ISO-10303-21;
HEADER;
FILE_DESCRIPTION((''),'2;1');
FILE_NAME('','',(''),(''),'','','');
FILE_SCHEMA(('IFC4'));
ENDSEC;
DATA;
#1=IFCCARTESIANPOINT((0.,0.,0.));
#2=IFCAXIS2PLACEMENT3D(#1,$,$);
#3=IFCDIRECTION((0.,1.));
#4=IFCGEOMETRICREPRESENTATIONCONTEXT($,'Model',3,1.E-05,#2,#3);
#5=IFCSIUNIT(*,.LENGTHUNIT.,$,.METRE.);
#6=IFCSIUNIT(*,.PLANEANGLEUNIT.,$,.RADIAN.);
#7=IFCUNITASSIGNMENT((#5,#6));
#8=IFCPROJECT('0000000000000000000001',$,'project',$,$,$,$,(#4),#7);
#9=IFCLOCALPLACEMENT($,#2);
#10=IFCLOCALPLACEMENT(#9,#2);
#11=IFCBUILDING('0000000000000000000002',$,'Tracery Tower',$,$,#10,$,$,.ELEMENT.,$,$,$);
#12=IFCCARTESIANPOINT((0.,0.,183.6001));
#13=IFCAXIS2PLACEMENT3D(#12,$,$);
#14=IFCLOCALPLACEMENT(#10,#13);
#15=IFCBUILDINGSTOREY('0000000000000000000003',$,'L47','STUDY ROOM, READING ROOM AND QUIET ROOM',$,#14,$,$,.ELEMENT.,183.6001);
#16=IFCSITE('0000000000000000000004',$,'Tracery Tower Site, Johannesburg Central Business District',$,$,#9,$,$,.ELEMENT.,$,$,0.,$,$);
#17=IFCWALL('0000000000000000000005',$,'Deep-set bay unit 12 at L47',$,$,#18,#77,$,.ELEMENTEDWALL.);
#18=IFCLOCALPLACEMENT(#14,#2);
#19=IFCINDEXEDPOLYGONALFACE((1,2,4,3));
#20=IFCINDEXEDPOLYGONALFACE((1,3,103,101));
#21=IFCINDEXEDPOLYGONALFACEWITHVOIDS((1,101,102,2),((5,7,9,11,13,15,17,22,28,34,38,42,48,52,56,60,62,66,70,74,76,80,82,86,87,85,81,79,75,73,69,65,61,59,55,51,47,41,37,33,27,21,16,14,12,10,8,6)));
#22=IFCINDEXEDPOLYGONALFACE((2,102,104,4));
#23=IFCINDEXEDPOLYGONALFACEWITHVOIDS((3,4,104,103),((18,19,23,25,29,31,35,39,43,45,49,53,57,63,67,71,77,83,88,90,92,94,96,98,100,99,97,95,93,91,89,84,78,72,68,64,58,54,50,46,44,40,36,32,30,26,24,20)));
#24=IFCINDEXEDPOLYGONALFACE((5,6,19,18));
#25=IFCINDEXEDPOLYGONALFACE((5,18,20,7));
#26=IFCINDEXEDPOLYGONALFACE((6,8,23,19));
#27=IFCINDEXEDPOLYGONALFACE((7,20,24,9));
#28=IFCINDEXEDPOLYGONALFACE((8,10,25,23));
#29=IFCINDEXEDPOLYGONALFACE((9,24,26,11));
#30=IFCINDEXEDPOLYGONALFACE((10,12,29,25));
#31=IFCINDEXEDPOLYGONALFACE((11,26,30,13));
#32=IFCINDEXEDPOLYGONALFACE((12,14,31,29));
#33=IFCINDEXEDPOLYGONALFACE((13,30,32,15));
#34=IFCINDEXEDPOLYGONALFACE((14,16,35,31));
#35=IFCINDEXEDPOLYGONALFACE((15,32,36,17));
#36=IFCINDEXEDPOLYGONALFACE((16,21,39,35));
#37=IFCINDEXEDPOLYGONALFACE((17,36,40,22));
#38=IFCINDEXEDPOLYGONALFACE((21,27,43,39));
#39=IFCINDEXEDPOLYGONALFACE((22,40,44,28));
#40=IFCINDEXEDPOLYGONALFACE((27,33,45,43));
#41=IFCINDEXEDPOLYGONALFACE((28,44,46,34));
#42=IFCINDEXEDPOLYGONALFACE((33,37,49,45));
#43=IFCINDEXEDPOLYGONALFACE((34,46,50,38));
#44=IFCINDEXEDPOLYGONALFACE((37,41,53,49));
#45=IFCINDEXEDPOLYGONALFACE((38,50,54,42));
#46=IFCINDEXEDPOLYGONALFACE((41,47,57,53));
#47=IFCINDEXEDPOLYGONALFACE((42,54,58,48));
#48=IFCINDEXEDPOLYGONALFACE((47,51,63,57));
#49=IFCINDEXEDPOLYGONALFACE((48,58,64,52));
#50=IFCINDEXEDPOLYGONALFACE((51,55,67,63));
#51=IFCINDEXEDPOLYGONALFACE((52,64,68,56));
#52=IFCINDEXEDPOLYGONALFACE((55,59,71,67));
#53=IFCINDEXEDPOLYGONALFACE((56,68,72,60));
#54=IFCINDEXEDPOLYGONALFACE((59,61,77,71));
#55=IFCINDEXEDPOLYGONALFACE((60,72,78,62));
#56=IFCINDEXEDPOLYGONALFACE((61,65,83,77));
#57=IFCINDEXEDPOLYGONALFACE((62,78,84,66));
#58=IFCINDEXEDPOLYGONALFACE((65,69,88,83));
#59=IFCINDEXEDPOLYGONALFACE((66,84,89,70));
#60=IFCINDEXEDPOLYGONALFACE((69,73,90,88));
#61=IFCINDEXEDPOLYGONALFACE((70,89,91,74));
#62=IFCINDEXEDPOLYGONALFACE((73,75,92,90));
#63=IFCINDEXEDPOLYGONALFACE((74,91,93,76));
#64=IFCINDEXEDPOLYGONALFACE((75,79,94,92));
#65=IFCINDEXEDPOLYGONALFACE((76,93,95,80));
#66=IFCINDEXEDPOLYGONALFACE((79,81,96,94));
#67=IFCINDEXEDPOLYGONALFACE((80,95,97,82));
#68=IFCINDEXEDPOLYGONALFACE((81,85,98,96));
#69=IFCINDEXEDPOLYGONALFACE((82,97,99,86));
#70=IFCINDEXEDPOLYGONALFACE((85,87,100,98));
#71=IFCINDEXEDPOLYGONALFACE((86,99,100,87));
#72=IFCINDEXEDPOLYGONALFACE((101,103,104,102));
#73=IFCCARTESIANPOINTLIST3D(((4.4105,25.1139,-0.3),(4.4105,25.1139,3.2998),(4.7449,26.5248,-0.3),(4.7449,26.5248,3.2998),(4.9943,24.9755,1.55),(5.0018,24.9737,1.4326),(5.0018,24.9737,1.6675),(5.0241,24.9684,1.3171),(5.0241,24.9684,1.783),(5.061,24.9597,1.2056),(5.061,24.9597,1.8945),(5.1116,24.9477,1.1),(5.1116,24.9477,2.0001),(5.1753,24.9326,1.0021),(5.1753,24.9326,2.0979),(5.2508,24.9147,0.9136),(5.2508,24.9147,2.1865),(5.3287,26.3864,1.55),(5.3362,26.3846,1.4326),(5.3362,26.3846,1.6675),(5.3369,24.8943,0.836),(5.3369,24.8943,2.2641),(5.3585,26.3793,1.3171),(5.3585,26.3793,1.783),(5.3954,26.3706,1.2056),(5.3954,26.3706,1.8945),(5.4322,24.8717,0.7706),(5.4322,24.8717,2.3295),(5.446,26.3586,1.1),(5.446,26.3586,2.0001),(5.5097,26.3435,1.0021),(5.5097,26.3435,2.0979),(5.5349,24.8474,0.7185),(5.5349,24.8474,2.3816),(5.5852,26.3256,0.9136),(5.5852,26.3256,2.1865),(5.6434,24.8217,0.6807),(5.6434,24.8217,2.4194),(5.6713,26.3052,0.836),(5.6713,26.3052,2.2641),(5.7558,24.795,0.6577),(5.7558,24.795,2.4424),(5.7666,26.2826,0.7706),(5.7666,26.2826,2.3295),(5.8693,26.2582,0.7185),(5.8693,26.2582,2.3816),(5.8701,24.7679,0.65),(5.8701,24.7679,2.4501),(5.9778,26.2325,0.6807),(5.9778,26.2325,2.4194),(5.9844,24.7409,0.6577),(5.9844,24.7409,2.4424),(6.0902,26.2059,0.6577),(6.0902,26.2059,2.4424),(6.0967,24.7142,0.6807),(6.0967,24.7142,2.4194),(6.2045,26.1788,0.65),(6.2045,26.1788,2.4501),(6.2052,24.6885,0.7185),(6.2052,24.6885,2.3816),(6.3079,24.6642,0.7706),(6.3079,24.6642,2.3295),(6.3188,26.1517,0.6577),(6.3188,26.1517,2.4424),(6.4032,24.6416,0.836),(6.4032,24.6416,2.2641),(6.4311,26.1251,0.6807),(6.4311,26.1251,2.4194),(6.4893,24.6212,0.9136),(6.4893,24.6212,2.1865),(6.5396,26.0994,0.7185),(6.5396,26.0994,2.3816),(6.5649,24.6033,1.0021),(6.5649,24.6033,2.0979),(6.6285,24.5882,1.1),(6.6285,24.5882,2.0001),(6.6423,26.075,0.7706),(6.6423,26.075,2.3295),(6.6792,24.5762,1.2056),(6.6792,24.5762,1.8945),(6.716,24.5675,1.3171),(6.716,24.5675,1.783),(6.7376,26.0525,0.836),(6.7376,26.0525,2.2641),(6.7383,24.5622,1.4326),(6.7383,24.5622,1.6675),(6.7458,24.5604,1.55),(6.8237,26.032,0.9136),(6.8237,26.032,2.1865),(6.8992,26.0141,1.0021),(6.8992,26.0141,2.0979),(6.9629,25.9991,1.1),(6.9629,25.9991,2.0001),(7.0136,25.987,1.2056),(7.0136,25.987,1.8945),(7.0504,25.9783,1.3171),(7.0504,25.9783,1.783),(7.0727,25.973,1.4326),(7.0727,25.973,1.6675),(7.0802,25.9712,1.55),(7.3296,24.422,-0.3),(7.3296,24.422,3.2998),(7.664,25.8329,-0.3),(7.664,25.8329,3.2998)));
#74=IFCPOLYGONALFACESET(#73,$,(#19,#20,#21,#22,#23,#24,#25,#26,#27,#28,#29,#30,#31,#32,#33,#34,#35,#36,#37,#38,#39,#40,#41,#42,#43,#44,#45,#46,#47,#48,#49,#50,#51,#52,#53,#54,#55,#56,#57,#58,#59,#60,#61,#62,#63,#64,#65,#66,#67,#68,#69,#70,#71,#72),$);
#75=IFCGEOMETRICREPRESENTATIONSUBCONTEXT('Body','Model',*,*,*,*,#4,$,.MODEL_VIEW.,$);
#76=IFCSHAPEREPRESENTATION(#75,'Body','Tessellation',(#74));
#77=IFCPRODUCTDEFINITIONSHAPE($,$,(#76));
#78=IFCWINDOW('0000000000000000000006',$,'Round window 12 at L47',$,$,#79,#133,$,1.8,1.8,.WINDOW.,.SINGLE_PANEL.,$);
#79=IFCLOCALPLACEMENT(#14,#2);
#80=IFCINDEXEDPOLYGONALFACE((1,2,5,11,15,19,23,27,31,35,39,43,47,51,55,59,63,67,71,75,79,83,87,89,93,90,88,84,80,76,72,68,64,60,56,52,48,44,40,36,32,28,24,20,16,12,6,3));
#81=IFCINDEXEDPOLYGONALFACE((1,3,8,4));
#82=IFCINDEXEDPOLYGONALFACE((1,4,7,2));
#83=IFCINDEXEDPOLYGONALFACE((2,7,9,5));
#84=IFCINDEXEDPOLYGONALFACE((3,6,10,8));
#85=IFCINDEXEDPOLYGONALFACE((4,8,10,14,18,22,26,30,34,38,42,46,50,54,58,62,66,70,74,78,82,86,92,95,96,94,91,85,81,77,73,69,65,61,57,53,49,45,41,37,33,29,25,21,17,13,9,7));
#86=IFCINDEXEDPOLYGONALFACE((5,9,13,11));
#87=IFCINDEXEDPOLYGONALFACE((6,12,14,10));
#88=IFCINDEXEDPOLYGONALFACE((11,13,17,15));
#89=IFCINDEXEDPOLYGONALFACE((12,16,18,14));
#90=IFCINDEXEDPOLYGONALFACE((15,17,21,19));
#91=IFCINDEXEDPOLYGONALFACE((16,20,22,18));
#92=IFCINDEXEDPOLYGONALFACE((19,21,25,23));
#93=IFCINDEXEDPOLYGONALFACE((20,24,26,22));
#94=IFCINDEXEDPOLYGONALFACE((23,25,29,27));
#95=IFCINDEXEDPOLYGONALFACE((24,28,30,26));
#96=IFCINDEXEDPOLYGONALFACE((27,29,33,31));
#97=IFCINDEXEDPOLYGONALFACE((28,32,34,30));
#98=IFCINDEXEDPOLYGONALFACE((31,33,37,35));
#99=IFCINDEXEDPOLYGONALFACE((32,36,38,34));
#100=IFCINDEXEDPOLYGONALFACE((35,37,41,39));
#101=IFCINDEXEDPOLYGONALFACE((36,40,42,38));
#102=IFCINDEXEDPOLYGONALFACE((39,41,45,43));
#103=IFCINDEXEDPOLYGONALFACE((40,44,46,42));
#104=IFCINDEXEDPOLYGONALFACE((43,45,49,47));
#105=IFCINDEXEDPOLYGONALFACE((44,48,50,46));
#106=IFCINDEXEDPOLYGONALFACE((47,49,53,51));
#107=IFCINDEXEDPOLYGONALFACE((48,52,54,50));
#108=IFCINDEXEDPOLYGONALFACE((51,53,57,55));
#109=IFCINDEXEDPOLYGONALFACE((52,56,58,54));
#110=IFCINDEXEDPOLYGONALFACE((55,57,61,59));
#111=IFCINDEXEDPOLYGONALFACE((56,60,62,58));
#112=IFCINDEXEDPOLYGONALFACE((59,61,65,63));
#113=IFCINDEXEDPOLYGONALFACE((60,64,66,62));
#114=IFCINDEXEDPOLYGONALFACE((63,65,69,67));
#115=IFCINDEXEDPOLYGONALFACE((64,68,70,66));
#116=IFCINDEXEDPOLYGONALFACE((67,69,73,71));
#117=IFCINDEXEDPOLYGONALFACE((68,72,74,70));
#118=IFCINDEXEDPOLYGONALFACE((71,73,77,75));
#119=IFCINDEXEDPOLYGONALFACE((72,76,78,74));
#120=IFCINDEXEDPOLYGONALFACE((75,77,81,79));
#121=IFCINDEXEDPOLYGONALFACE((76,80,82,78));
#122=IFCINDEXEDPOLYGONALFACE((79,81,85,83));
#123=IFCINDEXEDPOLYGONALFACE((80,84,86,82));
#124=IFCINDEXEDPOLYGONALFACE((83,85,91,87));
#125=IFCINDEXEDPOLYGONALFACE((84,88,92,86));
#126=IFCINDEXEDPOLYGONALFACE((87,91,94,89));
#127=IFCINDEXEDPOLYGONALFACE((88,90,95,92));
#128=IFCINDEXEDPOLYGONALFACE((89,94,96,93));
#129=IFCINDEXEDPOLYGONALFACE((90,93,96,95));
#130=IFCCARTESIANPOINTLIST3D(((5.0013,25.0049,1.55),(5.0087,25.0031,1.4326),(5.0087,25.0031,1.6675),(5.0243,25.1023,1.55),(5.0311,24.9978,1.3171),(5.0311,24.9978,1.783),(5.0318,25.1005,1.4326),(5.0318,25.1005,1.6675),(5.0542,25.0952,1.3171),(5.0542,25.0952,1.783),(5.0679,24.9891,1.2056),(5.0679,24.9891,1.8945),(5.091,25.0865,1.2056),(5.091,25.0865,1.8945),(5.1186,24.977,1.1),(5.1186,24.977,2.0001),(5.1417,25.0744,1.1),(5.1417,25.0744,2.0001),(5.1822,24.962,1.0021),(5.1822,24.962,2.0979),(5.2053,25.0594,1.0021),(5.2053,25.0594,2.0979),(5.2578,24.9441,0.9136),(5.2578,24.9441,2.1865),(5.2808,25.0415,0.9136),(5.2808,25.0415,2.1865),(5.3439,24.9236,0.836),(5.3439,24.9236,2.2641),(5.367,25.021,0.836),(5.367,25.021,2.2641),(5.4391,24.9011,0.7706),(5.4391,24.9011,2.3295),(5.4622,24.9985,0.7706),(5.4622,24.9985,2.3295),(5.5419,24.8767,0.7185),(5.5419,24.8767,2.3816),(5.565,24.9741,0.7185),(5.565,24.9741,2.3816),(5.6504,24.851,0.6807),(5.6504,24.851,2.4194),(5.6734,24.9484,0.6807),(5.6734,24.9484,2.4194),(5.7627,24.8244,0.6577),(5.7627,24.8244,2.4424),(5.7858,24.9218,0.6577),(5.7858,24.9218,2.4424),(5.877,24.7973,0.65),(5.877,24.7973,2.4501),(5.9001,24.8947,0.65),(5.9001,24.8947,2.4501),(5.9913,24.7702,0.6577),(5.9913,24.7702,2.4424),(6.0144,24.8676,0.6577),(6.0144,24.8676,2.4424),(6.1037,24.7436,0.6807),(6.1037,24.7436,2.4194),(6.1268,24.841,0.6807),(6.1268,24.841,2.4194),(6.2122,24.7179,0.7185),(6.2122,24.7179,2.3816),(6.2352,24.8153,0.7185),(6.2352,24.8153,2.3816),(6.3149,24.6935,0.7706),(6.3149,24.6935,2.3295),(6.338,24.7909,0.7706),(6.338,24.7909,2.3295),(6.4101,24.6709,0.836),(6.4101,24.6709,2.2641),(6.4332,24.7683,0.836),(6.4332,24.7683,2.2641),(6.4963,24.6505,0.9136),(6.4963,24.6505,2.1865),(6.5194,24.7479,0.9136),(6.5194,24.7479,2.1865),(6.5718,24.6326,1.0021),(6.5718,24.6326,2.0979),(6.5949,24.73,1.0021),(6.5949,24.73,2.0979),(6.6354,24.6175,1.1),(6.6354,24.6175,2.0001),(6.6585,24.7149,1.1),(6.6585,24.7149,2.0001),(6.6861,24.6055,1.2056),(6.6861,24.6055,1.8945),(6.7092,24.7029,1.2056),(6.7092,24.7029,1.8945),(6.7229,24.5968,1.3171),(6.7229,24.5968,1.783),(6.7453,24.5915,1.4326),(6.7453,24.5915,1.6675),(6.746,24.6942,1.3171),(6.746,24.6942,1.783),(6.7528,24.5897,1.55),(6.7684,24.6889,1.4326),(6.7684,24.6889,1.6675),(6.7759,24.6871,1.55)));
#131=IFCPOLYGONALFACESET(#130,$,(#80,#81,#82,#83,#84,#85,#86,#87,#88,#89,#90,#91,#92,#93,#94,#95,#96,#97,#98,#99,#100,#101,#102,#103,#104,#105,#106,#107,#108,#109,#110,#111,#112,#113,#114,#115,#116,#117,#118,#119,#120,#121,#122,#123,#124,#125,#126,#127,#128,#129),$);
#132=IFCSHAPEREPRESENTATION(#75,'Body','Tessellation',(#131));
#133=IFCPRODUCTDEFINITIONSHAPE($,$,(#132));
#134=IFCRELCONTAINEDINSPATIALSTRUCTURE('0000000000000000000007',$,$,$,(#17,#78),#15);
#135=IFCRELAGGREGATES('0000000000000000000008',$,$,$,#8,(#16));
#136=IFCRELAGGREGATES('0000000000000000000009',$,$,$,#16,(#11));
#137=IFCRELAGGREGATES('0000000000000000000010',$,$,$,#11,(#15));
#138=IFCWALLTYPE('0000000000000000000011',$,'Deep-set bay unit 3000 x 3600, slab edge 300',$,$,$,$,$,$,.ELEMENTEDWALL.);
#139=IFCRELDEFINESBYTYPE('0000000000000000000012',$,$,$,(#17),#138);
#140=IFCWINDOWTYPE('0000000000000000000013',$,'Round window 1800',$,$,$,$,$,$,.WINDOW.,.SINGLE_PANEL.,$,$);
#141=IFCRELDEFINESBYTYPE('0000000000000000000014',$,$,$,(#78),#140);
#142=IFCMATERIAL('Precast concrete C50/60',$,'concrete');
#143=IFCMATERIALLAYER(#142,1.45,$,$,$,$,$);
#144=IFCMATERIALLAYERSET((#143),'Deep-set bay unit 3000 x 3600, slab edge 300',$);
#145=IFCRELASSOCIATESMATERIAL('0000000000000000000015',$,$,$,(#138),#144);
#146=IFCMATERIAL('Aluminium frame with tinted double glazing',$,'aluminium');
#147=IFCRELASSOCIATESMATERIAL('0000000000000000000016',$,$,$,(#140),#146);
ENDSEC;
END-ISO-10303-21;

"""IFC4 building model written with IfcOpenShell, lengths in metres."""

from ifc_helpers import new_model, si_unit, direction, frame, frame_2d, origin, origin_2d, place, context, subcontext, project, spatial, rectangle, circle, extrude, material, layer, layer_set, type_object, element, fill, save


model = new_model("IFC4")

# Units and contexts
model_context = context("Model", 3, precision=1e-05, world=origin(), true_north=direction((0.0, 1.0)))
body_context = subcontext(model_context, "Body", "Model", "MODEL_VIEW")
ifc_project = project(units=[si_unit("LENGTHUNIT", "METRE"), si_unit("PLANEANGLEUNIT", "RADIAN")], contexts=[model_context])

# Site, building, storey
site_placement = place(None, origin())
site = spatial("IfcSite", under=ifc_project, at=site_placement, Name="Tracery Tower Site, Johannesburg Central Business District", CompositionType="ELEMENT", RefElevation=0.0)
building_placement = place(site_placement, origin())
building = spatial("IfcBuilding", under=site, at=building_placement, Name="Tracery Tower", CompositionType="ELEMENT")
storey_placement = place(building_placement, frame((0.0, 0.0, 183.6001)))
storey = spatial("IfcBuildingStorey", under=building, at=storey_placement, Name="L47", Description="STUDY ROOM, READING ROOM AND QUIET ROOM", CompositionType="ELEMENT", Elevation=183.6001)

# Wall, opening, window
ifc_material_1 = material(Name="Precast concrete C50/60", Category="concrete")
ifc_layer_1 = layer(ifc_material_1, 1.45)
ifc_layer_set_1 = layer_set([ifc_layer_1], Name="Deep-set bay unit 3000 x 3600, slab edge 300")
wall_type_1 = type_object("IfcWallType", Name="Deep-set bay unit 3000 x 3600, slab edge 300", PredefinedType="ELEMENTEDWALL", material=ifc_layer_set_1)
wall_1_placement = place(storey_placement, frame((7.4968, 25.1274, -0.3), z_axis=(0.0, 0.0, 1.0), x_axis=(-0.973042, 0.230627, 0.0)))
wall_1 = element("IfcWall", 1, at=wall_1_placement, inside=storey, type_object=wall_type_1, Name="Deep-set bay unit 12 at L47", PredefinedType="ELEMENTEDWALL", context=body_context, shape_type="SweptSolid", body=[
    extrude(rectangle(XDim=3.0, YDim=1.45, at=frame_2d((1.5, 0.0))), origin(), (0.0, 0.0, 1.0), 3.5999),
])
opening_1_placement = place(wall_1_placement, frame((1.5, 0.0, 1.8501)))
opening_1 = element("IfcOpeningElement", 2, at=opening_1_placement, cuts=wall_1, PredefinedType="OPENING", context=body_context, shape_type="SweptSolid", body=[
    extrude(circle(Radius=0.9, at=origin_2d()), frame((0.0, 0.7349, 0.0), z_axis=(0.0, -1.0, 0.0), x_axis=(1.0, 0.0, 0.0)), (0.0, 0.0, 1.0), 1.47),
])
ifc_material_2 = material(Name="Aluminium frame with tinted double glazing", Category="aluminium")
window_type = type_object("IfcWindowType", Name="Round window 1800", PartitioningType="SINGLE_PANEL", PredefinedType="WINDOW", material=ifc_material_2)
window_1_placement = place(opening_1_placement, origin())
window_1 = element("IfcWindow", 3, at=window_1_placement, inside=storey, type_object=window_type, Name="Round window 12 at L47", OverallHeight=1.8, OverallWidth=1.8, PartitioningType="SINGLE_PANEL", PredefinedType="WINDOW", context=body_context, shape_type="SweptSolid", body=[
    extrude(circle(Radius=0.9, at=origin_2d()), frame((0.0, 0.6948, 0.0), z_axis=(0.0, -1.0, 0.0), x_axis=(1.0, 0.0, 0.0)), (0.0, 0.0, 1.0), 0.1001),
])
fill(opening_1, window_1)

save(model, "model.ifc")
